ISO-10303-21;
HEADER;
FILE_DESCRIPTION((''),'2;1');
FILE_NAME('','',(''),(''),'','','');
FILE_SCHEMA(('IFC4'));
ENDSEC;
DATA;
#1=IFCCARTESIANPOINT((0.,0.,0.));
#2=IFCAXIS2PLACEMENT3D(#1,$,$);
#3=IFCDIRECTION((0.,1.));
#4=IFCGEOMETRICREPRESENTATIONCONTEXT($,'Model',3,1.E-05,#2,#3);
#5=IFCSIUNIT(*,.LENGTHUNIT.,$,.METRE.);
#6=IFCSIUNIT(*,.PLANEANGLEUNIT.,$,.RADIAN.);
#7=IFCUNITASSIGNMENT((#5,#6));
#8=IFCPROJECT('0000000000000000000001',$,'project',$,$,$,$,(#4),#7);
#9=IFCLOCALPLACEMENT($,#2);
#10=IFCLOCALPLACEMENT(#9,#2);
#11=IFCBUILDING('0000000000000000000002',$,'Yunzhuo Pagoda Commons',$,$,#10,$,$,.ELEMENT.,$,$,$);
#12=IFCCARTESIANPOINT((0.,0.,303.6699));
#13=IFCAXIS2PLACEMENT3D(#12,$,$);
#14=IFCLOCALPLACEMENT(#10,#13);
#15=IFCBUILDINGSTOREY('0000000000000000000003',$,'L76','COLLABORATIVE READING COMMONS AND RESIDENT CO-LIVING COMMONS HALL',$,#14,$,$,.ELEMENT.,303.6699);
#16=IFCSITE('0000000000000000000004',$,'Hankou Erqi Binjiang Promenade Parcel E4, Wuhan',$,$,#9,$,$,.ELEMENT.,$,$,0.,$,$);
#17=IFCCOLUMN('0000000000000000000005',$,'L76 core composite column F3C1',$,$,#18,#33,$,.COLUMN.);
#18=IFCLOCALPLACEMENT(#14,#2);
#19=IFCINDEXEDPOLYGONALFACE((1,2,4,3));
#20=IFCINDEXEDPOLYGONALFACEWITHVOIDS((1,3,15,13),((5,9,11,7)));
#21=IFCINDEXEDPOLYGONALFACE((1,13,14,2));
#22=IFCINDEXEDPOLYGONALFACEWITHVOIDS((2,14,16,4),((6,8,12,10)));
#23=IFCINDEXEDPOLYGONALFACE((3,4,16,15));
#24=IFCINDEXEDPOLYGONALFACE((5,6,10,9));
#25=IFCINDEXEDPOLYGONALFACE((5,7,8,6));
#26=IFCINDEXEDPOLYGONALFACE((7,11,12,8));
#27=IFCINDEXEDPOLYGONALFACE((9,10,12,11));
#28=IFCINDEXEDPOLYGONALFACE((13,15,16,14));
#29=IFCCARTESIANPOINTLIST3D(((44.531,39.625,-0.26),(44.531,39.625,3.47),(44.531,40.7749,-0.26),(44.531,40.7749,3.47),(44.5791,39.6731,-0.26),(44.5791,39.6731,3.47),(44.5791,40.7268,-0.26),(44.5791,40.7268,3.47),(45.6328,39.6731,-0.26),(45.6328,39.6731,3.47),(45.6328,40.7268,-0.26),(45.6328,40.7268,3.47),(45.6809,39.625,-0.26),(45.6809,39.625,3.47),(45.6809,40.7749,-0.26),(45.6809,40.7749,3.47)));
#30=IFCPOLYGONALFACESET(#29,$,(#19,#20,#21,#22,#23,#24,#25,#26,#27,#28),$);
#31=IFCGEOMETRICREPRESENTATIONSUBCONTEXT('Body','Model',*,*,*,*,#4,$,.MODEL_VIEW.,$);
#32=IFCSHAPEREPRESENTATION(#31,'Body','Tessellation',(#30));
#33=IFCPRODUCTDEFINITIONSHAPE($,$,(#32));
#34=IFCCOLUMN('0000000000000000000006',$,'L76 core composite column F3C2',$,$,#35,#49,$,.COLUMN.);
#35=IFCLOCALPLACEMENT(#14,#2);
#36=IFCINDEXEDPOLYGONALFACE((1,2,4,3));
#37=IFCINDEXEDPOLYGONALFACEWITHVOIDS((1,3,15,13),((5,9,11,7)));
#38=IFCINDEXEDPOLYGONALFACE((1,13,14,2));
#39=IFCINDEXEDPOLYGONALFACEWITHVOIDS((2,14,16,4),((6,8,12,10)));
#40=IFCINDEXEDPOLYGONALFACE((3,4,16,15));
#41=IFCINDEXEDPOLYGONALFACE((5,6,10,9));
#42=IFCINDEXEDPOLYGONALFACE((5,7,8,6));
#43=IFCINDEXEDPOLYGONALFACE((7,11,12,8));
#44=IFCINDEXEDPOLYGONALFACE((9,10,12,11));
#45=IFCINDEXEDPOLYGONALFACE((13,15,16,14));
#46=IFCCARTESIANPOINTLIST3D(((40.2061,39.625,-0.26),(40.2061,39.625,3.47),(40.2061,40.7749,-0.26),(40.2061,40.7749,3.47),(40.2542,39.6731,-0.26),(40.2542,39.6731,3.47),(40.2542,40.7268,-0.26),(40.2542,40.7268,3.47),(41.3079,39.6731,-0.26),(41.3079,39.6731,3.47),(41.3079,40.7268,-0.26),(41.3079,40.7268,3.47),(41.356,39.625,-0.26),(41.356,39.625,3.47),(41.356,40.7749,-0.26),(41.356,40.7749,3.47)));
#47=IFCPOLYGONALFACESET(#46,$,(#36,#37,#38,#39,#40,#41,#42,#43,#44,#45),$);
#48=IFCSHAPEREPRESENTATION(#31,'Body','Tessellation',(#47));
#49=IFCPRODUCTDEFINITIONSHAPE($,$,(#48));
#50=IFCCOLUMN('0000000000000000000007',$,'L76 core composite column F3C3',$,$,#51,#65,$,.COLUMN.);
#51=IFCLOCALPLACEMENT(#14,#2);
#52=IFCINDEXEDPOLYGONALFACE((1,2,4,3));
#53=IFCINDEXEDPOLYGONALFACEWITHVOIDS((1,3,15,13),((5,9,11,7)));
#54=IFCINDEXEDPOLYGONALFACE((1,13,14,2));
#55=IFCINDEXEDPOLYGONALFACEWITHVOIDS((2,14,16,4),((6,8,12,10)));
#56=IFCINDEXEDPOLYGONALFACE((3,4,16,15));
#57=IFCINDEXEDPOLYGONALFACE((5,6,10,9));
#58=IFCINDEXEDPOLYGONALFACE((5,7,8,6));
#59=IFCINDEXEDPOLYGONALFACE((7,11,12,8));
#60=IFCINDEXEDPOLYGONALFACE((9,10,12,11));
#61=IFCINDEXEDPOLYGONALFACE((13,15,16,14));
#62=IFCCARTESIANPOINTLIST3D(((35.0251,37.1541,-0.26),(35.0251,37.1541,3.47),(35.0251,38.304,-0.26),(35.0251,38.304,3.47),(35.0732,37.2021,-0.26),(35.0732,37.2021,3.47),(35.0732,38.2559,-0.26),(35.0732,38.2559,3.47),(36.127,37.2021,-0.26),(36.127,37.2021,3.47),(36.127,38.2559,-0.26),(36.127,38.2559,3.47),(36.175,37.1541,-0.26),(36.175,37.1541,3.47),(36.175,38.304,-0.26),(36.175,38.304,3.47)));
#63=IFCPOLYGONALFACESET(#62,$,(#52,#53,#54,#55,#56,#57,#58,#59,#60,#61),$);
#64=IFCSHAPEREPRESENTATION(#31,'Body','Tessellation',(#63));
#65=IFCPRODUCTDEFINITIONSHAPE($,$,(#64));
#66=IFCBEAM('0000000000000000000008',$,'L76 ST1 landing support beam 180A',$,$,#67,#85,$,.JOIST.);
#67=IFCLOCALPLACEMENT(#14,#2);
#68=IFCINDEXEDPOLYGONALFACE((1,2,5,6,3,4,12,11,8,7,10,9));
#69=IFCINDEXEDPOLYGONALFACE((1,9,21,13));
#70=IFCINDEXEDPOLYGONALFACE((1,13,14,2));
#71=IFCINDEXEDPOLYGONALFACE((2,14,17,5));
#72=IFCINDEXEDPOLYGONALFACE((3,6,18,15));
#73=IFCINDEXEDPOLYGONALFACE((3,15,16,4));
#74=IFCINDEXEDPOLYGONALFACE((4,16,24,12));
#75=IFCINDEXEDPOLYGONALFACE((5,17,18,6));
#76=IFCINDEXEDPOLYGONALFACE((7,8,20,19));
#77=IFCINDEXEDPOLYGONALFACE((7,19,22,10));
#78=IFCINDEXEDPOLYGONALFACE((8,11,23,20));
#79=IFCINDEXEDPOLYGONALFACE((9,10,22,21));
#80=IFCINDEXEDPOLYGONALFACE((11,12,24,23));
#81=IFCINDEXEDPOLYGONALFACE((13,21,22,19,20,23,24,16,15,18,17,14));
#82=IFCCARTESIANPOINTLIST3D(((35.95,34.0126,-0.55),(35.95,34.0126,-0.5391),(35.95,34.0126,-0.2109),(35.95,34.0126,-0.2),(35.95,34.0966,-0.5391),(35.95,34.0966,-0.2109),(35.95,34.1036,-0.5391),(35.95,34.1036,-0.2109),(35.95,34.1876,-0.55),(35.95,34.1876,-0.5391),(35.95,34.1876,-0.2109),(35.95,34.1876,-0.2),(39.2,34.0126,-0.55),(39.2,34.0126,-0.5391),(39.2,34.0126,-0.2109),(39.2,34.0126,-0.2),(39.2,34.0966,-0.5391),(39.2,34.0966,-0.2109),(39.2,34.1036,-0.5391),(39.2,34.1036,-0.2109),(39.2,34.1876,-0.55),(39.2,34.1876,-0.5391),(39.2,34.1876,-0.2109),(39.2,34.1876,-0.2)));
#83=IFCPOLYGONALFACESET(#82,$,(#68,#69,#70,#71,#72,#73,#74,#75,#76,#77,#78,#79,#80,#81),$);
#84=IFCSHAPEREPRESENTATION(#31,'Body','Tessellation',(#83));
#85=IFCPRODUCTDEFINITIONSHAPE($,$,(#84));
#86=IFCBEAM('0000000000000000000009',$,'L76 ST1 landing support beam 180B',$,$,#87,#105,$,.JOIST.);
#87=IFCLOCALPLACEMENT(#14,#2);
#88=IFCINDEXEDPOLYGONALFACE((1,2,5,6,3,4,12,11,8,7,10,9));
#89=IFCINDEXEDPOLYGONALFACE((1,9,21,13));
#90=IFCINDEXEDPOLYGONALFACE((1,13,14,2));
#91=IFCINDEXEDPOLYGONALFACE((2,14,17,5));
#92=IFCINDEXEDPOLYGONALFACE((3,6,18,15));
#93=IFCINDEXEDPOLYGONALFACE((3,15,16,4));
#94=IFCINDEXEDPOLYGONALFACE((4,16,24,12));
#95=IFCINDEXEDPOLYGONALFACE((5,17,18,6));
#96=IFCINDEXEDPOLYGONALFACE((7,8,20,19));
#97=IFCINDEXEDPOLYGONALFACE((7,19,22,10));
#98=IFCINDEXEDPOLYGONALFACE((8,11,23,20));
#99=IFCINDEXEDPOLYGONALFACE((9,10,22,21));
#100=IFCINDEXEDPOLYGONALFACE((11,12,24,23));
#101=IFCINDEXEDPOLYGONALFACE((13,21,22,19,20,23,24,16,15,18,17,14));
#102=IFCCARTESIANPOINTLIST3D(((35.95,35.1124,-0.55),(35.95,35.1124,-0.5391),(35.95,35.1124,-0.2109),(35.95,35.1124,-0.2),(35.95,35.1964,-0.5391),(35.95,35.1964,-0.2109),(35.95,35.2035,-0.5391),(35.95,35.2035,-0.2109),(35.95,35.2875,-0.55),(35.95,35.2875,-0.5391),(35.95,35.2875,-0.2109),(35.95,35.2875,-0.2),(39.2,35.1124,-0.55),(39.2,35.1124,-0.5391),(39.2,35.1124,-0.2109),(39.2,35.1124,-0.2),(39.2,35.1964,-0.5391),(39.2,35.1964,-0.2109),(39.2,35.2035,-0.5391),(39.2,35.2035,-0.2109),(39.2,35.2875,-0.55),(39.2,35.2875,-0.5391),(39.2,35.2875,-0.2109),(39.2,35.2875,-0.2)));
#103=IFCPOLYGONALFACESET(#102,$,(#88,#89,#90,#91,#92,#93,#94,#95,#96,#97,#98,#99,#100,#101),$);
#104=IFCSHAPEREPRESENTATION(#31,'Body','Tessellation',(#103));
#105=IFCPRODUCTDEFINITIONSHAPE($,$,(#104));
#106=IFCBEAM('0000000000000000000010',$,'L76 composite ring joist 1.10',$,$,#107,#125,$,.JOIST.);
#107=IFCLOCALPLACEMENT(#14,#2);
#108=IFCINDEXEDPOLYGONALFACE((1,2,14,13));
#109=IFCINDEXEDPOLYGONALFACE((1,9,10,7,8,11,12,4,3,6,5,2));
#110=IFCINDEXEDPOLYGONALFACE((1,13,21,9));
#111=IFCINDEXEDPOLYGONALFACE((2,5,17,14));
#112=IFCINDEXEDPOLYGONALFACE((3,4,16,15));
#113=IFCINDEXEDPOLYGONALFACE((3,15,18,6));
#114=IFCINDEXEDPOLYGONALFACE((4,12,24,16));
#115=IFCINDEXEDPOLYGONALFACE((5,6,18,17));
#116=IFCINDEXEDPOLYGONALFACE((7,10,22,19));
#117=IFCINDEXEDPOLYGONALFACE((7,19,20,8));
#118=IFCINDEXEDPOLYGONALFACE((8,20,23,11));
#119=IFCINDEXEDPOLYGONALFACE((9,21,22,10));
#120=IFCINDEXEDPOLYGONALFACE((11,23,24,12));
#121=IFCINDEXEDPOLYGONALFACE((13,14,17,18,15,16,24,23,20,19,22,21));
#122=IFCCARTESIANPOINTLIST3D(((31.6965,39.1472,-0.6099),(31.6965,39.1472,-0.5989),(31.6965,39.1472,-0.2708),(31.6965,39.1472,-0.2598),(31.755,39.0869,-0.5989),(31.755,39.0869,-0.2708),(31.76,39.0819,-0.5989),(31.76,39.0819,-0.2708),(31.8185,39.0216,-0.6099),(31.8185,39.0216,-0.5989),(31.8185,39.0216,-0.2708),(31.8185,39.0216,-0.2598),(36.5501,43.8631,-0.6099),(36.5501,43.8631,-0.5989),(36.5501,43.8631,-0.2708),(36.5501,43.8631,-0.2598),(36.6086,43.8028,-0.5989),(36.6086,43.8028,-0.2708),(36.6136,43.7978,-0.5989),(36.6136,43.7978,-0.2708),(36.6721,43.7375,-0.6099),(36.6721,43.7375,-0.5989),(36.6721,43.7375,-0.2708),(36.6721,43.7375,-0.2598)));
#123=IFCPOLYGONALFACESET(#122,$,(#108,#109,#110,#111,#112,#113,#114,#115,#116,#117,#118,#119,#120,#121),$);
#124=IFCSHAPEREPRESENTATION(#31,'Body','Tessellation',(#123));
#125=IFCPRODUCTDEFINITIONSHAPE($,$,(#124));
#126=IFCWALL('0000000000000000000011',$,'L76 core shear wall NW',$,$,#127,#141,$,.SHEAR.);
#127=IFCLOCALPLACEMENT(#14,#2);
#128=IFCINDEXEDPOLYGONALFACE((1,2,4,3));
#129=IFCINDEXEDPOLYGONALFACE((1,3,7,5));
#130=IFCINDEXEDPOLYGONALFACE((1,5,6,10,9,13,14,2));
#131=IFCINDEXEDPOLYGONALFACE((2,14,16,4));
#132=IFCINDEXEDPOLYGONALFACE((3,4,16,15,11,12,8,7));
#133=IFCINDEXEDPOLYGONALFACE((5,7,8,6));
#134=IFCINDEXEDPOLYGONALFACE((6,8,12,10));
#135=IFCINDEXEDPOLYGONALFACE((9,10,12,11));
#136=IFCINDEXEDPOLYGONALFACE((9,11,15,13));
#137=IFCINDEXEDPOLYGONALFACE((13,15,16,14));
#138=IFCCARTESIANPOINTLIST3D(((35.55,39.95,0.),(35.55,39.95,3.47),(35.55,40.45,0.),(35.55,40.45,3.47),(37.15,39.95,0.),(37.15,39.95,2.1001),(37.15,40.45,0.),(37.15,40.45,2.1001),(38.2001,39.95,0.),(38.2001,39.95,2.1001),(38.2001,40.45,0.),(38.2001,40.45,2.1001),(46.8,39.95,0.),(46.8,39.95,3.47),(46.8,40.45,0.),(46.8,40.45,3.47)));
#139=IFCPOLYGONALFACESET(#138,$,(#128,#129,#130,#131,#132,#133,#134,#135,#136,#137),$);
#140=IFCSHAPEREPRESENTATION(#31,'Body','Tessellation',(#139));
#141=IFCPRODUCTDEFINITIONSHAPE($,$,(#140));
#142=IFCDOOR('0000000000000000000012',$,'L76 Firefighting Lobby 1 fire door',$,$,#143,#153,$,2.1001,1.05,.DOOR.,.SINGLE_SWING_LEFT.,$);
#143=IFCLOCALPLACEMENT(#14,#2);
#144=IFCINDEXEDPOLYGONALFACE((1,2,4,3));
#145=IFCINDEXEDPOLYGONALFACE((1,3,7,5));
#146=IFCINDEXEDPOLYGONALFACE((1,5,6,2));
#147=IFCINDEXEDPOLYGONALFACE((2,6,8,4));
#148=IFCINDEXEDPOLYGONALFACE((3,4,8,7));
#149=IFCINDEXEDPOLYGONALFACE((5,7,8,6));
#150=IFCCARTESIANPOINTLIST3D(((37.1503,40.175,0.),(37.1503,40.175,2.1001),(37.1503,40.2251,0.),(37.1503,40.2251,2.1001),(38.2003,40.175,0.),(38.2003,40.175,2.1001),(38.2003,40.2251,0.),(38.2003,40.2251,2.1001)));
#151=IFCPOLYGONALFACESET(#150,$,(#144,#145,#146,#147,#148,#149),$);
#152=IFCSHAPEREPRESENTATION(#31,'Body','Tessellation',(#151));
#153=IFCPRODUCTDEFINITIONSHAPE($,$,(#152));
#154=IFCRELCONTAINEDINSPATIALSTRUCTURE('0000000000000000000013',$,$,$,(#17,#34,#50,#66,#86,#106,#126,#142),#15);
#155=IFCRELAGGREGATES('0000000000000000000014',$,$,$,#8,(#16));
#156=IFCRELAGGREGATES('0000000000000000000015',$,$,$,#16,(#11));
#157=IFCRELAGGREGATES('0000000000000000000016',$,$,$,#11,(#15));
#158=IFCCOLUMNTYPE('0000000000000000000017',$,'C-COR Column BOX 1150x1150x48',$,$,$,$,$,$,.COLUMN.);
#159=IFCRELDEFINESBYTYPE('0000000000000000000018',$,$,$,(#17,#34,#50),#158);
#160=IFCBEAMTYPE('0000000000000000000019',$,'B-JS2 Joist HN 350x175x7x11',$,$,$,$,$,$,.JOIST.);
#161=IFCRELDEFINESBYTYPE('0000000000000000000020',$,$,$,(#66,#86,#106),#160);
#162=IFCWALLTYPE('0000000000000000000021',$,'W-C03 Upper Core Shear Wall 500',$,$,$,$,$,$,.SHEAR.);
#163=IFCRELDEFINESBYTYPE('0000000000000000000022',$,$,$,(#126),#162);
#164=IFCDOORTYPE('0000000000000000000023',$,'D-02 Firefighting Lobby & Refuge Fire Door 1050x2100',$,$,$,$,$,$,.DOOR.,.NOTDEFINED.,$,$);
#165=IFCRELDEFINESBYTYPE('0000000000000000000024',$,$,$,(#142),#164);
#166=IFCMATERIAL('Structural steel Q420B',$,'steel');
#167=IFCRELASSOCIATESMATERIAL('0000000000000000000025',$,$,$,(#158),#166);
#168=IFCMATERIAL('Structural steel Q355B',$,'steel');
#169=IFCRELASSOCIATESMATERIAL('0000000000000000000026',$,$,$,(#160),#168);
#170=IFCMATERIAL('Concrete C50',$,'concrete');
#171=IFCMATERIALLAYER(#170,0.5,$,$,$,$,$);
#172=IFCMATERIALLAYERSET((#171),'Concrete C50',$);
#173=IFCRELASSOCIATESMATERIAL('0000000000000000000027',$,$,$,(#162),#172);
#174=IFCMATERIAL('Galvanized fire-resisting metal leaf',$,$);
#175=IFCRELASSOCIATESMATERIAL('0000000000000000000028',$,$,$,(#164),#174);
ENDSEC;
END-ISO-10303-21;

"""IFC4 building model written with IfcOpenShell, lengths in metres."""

from ifc_helpers import new_model, si_unit, direction, frame, frame_2d, origin, origin_2d, place, context, subcontext, project, spatial, rectangle, hollow_rectangle, i_section, extrude, source, transform, mapped, material, layer, layer_set, material_profile, profile_set, type_object, element, fill, save


model = new_model("IFC4")

# Units and contexts
model_context = context("Model", 3, precision=1e-05, world=origin(), true_north=direction((0.0, 1.0)))
body_context = subcontext(model_context, "Body", "Model", "MODEL_VIEW")
ifc_project = project(units=[si_unit("LENGTHUNIT", "METRE"), si_unit("PLANEANGLEUNIT", "RADIAN")], contexts=[model_context])

# Site, building, storey
site_placement = place(None, origin())
site = spatial("IfcSite", under=ifc_project, at=site_placement, Name="Hankou Erqi Binjiang Promenade Parcel E4, Wuhan", CompositionType="ELEMENT", RefElevation=0.0)
building_placement = place(site_placement, origin())
building = spatial("IfcBuilding", under=site, at=building_placement, Name="Yunzhuo Pagoda Commons", CompositionType="ELEMENT")
storey_placement = place(building_placement, frame((0.0, 0.0, 303.6699)))
storey = spatial("IfcBuildingStorey", under=building, at=storey_placement, Name="L76", Description="COLLABORATIVE READING COMMONS AND RESIDENT CO-LIVING COMMONS HALL", CompositionType="ELEMENT", Elevation=303.6699)

# Columns
ifc_material_1 = material(Name="Structural steel Q420B", Category="steel")
ifc_material_profile_1 = material_profile(ifc_material_1, hollow_rectangle(XDim=1.1499, YDim=1.1499, WallThickness=0.0481, at=origin_2d()), Name="Structural steel Q420B")
ifc_profile_set_1 = profile_set([ifc_material_profile_1], Name="Structural steel Q420B")
column_type = type_object("IfcColumnType", Name="C-COR Column BOX 1150x1150x48", PredefinedType="COLUMN", material=ifc_profile_set_1)
shared_shape_1 = source(origin(), body_context, "Body", "SweptSolid", [
    extrude(hollow_rectangle(XDim=1.1499, YDim=1.1499, WallThickness=0.0481, at=origin_2d()), origin(), (0.0, 0.0, 1.0), 3.73),
])
for number, where, z_axis, x_axis, name in (
    (1, (45.106, 40.2, -0.26), (0.0, 0.0, 1.0), (1.0, 0.0, 0.0), "L76 core composite column F3C1"),
    (2, (40.781, 40.2, -0.26), (0.0, 0.0, 1.0), (1.0, 0.0, 0.0), "L76 core composite column F3C2"),
    (3, (35.6001, 37.729, -0.26), (0.0, 0.0, 1.0), (1.0, 0.0, 0.0), "L76 core composite column F3C3"),
):
    element("IfcColumn", number, at=place(storey_placement, frame(where, z_axis=z_axis, x_axis=x_axis)), inside=storey, type_object=column_type, Name=name, PredefinedType="COLUMN", context=body_context, shape_type="MappedRepresentation", body=[
        mapped(shared_shape_1, transform((0.0, 0.0, 0.0), scale=1.0)),
    ])

# Beams
ifc_material_2 = material(Name="Structural steel Q355B", Category="steel")
ifc_material_profile_2 = material_profile(ifc_material_2, i_section(OverallWidth=0.175, OverallDepth=0.3501, WebThickness=0.0071, FlangeThickness=0.011, at=origin_2d()), Name="Structural steel Q355B")
ifc_profile_set_2 = profile_set([ifc_material_profile_2], Name="Structural steel Q355B")
beam_type = type_object("IfcBeamType", Name="B-JS2 Joist HN 350x175x7x11", PredefinedType="JOIST", material=ifc_profile_set_2)
shared_shape_2 = source(origin(), body_context, "Body", "SweptSolid", [
    extrude(i_section(OverallWidth=0.175, OverallDepth=0.3501, WebThickness=0.0071, FlangeThickness=0.011, at=origin_2d()), origin(), (0.0, 0.0, 1.0), 3.25),
])
for number, where, z_axis, x_axis, name in (
    (4, (35.95, 34.1001, -0.375), (1.0, 0.0, 0.0), (0.0, 1.0, 0.0), "L76 ST1 landing support beam 180A"),
    (5, (35.95, 35.2, -0.375), (1.0, 0.0, 0.0), (0.0, 1.0, 0.0), "L76 ST1 landing support beam 180B"),
):
    element("IfcBeam", number, at=place(storey_placement, frame(where, z_axis=z_axis, x_axis=x_axis)), inside=storey, type_object=beam_type, Name=name, PredefinedType="JOIST", context=body_context, shape_type="MappedRepresentation", body=[
        mapped(shared_shape_2, transform((0.0, 0.0, 0.0), scale=1.0)),
    ])
shared_shape_3 = source(origin(), body_context, "Body", "SweptSolid", [
    extrude(i_section(OverallWidth=0.175, OverallDepth=0.3501, WebThickness=0.0071, FlangeThickness=0.011, at=origin_2d()), origin(), (0.0, 0.0, 1.0), 6.7673),
])
beam_placement = place(storey_placement, frame((36.6111, 43.8003, -0.4348), z_axis=(-0.717207, -0.69686, 0.0), x_axis=(0.69686, -0.717207, 0.0)))
element("IfcBeam", 6, at=beam_placement, inside=storey, type_object=beam_type, Name="L76 composite ring joist 1.10", PredefinedType="JOIST", context=body_context, shape_type="MappedRepresentation", body=[
    mapped(shared_shape_3, transform((0.0, 0.0, 0.0), scale=1.0)),
])

# Wall, opening, door
ifc_material_3 = material(Name="Concrete C50", Category="concrete")
ifc_layer_1 = layer(ifc_material_3, 0.5)
ifc_layer_set_1 = layer_set([ifc_layer_1], Name="Concrete C50")
wall_type_1 = type_object("IfcWallType", Name="W-C03 Upper Core Shear Wall 500", PredefinedType="SHEAR", material=ifc_layer_set_1)
wall_1_placement = place(storey_placement, frame((35.55, 40.2, 0.0), z_axis=(0.0, 0.0, 1.0), x_axis=(1.0, 0.0, 0.0)))
wall_1 = element("IfcWall", 7, at=wall_1_placement, inside=storey, type_object=wall_type_1, Name="L76 core shear wall NW", PredefinedType="SHEAR", context=body_context, shape_type="SweptSolid", body=[
    extrude(rectangle(XDim=11.25, YDim=0.5, at=frame_2d((5.625, 0.0))), origin(), (0.0, 0.0, 1.0), 3.47),
])
opening_1_placement = place(wall_1_placement, frame((1.6001, 0.0, 0.0)))
opening_1 = element("IfcOpeningElement", 8, at=opening_1_placement, cuts=wall_1, PredefinedType="OPENING", context=body_context, shape_type="SweptSolid", body=[
    extrude(rectangle(XDim=1.05, YDim=2.1001, at=frame_2d((0.5249, 1.05))), frame((0.0, 0.26, 0.0), z_axis=(0.0, -1.0, 0.0), x_axis=(1.0, 0.0, 0.0)), (0.0, 0.0, 1.0), 0.52),
])
ifc_material_4 = material(Name="Galvanized fire-resisting metal leaf")
door_type_1 = type_object("IfcDoorType", Name="D-02 Firefighting Lobby & Refuge Fire Door 1050x2100", OperationType="NOTDEFINED", PredefinedType="DOOR", material=ifc_material_4)
shared_shape_4 = source(origin(), body_context, "Body", "SweptSolid", [
    extrude(rectangle(XDim=1.05, YDim=2.1001, at=frame_2d((0.5249, 1.05))), frame((0.0, 0.0249, 0.0), z_axis=(0.0, -1.0, 0.0), x_axis=(1.0, 0.0, 0.0)), (0.0, 0.0, 1.0), 0.05),
])
door_1_placement = place(opening_1_placement, frame((1.05, 0.0, 0.0), z_axis=(0.0, 0.0, 1.0), x_axis=(-1.0, 0.0, 0.0)))
door_1 = element("IfcDoor", 9, at=door_1_placement, inside=storey, type_object=door_type_1, Name="L76 Firefighting Lobby 1 fire door", OperationType="SINGLE_SWING_LEFT", OverallHeight=2.1001, OverallWidth=1.05, PredefinedType="DOOR", context=body_context, shape_type="MappedRepresentation", body=[
    mapped(shared_shape_4, transform((0.0, 0.0, 0.0), scale=1.0)),
])
fill(opening_1, door_1)

save(model, "model.ifc")
